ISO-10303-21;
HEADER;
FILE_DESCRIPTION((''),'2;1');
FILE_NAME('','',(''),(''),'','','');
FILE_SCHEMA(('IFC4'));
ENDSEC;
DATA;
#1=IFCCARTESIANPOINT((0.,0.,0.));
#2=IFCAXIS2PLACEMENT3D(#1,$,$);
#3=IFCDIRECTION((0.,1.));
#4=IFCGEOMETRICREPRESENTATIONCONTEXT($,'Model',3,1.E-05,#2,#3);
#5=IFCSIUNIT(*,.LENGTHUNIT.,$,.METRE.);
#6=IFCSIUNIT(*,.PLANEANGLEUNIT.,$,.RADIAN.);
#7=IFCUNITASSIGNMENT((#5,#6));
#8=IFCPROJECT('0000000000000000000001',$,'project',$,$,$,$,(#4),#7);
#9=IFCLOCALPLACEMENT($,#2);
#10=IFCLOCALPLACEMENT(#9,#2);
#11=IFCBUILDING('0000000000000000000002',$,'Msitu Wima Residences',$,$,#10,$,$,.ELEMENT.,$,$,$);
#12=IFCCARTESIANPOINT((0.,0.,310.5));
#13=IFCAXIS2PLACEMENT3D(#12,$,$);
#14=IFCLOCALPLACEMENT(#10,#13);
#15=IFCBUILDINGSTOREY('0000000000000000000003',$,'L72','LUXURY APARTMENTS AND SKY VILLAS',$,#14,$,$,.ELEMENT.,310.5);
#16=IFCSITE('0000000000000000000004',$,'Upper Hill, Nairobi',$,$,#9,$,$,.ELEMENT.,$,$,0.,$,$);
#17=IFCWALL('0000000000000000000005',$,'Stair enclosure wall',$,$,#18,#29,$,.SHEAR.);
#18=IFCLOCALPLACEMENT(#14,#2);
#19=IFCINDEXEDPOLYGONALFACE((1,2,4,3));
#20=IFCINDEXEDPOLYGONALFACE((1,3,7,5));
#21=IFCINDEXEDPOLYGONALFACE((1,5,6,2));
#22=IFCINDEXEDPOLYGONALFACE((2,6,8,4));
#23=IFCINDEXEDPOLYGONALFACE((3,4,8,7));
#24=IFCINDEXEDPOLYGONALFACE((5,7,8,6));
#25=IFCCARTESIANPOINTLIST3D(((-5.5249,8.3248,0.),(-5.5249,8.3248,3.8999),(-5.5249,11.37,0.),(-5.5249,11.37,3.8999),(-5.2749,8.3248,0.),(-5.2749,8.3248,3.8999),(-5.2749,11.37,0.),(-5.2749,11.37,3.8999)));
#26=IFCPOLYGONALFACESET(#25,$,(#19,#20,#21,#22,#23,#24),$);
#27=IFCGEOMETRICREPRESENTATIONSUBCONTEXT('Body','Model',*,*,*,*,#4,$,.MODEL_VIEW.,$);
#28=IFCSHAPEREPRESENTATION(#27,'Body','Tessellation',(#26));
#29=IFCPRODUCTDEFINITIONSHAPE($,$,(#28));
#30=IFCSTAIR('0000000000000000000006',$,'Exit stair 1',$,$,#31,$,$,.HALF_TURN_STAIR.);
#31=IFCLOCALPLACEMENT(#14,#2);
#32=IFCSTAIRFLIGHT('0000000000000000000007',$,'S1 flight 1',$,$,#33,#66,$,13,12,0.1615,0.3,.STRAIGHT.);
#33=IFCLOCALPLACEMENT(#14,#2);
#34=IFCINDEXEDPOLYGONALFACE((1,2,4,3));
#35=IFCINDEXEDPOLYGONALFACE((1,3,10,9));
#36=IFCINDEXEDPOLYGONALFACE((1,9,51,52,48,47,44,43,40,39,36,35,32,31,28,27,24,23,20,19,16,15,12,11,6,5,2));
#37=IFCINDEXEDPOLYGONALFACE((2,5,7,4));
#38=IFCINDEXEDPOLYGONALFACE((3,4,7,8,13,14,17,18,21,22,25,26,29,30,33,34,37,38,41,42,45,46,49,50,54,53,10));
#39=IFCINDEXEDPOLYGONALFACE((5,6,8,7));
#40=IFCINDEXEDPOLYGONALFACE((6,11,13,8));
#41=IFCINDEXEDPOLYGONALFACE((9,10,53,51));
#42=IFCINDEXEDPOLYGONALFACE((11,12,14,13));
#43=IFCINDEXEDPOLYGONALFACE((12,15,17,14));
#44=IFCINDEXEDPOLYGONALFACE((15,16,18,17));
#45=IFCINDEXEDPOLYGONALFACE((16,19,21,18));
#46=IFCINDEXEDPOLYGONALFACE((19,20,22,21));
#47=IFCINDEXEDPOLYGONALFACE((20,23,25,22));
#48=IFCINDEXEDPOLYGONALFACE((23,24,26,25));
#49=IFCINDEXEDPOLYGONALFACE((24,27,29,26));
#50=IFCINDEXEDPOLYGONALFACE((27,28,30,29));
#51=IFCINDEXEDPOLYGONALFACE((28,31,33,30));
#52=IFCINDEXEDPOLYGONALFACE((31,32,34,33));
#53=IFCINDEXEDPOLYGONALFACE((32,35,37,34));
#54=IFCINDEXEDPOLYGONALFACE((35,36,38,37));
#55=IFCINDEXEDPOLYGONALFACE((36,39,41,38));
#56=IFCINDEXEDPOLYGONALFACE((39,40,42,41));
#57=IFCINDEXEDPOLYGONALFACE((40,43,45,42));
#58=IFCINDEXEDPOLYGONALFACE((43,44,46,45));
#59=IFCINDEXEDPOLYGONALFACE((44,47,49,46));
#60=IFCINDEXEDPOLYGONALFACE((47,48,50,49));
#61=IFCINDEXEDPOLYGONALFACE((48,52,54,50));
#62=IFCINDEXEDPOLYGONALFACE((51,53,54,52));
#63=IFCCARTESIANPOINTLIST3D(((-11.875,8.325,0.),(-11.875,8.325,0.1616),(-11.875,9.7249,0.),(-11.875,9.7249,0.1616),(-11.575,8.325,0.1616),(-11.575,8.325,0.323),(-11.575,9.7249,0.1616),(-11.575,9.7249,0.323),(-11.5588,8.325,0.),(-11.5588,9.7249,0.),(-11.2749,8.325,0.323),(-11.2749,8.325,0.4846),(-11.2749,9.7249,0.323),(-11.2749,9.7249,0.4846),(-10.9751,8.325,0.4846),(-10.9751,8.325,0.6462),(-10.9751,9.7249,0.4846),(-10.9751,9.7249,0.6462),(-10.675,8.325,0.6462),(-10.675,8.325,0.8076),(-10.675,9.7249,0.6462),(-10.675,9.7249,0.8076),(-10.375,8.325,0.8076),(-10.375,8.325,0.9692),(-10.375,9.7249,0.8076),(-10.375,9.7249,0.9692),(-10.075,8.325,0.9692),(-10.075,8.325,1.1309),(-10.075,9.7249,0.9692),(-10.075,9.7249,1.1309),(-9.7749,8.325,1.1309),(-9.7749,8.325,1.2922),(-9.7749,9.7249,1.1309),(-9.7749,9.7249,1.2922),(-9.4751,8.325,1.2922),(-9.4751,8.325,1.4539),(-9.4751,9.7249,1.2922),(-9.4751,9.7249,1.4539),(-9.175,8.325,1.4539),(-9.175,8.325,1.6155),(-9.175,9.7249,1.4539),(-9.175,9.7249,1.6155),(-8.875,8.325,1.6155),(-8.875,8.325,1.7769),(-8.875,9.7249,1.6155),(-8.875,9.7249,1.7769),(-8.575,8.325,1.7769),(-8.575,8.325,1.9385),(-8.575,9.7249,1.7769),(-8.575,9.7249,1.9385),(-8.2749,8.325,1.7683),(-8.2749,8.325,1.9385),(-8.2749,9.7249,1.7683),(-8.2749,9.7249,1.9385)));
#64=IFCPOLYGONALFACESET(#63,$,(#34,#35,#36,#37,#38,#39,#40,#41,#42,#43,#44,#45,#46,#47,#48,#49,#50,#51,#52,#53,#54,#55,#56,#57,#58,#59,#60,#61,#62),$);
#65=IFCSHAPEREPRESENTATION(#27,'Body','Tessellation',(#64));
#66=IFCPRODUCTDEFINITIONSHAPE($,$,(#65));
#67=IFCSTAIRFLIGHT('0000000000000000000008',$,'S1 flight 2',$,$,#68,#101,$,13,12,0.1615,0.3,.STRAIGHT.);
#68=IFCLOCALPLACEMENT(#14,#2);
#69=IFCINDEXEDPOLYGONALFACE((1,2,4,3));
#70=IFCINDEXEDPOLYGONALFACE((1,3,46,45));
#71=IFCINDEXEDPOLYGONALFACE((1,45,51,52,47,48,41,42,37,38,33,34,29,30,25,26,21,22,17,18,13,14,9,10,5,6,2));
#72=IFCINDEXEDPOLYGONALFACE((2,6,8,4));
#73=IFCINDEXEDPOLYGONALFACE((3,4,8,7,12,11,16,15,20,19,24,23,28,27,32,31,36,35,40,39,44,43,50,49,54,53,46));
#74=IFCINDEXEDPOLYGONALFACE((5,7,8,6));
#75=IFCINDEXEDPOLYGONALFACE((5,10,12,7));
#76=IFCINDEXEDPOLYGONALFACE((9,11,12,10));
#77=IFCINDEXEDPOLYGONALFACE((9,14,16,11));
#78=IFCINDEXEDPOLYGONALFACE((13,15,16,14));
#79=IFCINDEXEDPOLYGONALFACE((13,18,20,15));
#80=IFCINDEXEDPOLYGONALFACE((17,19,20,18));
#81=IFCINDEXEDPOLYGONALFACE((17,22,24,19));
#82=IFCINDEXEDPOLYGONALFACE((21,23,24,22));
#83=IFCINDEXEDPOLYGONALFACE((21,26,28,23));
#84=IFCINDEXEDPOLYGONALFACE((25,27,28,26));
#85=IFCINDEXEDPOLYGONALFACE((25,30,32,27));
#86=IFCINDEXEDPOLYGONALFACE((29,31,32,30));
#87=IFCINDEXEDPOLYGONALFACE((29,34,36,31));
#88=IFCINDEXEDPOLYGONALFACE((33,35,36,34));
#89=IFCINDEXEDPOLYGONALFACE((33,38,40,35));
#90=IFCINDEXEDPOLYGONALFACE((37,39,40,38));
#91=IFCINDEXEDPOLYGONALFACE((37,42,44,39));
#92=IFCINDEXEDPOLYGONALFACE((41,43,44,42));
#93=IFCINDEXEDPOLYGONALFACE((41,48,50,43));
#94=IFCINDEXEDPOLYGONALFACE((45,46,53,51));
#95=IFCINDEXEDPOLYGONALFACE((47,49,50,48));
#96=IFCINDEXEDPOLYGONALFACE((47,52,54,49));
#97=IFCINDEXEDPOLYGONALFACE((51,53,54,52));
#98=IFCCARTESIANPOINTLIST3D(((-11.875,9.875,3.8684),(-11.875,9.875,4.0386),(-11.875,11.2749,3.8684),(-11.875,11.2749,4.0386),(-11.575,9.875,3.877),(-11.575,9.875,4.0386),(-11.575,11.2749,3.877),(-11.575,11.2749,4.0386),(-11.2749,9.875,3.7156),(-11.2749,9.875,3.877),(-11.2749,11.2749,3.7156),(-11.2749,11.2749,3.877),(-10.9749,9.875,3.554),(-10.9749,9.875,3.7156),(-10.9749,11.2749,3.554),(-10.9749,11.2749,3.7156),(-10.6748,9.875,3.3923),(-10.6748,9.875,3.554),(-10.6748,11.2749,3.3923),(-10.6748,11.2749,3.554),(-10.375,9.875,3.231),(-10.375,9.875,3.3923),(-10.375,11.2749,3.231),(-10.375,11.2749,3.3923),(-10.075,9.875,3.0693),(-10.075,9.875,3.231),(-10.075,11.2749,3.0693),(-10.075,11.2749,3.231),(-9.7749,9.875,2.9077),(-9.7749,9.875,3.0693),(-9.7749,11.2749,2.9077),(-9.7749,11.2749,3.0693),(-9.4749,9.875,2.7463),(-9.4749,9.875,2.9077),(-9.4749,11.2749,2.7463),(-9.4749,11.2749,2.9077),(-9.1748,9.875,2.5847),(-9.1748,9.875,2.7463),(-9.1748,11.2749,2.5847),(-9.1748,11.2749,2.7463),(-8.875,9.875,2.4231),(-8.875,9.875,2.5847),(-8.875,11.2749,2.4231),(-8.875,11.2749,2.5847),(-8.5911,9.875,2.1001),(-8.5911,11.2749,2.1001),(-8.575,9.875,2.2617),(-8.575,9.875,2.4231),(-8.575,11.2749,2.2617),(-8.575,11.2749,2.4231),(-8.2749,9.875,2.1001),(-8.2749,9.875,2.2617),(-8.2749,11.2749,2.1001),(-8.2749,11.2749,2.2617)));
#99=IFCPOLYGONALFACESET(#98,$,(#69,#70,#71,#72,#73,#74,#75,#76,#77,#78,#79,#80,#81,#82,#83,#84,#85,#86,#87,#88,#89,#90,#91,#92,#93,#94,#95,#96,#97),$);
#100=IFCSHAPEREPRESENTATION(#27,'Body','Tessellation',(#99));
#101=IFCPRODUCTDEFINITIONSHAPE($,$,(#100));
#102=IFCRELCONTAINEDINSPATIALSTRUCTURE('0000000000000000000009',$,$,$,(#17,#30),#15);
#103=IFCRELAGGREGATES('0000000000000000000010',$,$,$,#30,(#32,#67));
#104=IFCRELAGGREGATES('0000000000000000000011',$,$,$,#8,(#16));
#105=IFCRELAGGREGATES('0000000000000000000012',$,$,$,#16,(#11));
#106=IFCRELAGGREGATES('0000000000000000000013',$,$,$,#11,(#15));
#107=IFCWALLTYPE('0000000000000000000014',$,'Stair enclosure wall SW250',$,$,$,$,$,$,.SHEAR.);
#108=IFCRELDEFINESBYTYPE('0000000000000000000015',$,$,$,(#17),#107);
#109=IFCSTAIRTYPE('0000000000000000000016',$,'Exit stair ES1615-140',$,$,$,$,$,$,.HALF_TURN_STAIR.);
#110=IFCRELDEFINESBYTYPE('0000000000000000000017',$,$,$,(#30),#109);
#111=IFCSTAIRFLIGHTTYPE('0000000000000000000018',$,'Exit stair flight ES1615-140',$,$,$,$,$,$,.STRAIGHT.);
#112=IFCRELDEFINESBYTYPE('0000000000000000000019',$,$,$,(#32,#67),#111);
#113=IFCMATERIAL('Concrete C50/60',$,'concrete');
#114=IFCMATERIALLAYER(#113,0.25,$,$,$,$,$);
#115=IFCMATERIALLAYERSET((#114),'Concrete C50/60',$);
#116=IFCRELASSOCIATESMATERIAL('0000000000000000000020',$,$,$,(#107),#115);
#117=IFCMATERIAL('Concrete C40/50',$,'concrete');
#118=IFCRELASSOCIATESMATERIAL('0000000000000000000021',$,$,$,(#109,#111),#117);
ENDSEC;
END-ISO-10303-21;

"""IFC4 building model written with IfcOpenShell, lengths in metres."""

from ifc_helpers import new_model, si_unit, direction, frame, frame_2d, origin, place, context, subcontext, project, spatial, polyline, rectangle, outline, extrude, material, layer, layer_set, type_object, element, aggregate, save


model = new_model("IFC4")

# Units and contexts
model_context = context("Model", 3, precision=1e-05, world=origin(), true_north=direction((0.0, 1.0)))
body_context = subcontext(model_context, "Body", "Model", "MODEL_VIEW")
ifc_project = project(units=[si_unit("LENGTHUNIT", "METRE"), si_unit("PLANEANGLEUNIT", "RADIAN")], contexts=[model_context])

# Site, building, storey
site_placement = place(None, origin())
site = spatial("IfcSite", under=ifc_project, at=site_placement, Name="Upper Hill, Nairobi", CompositionType="ELEMENT", RefElevation=0.0)
building_placement = place(site_placement, origin())
building = spatial("IfcBuilding", under=site, at=building_placement, Name="Msitu Wima Residences", CompositionType="ELEMENT")
storey_placement = place(building_placement, frame((0.0, 0.0, 310.5)))
storey = spatial("IfcBuildingStorey", under=building, at=storey_placement, Name="L72", Description="LUXURY APARTMENTS AND SKY VILLAS", CompositionType="ELEMENT", Elevation=310.5)

# Shared definitions
ifc_material_1 = material(Name="Concrete C40/50", Category="concrete")

# Shared definitions
ifc_material_2 = material(Name="Concrete C50/60", Category="concrete")
ifc_layer_1 = layer(ifc_material_2, 0.25)
ifc_layer_set_1 = layer_set([ifc_layer_1], Name="Concrete C50/60")
wall_type_1 = type_object("IfcWallType", Name="Stair enclosure wall SW250", PredefinedType="SHEAR", material=ifc_layer_set_1)

# Wall
wall_1_placement = place(storey_placement, frame((-5.3999, 8.325, 0.0), z_axis=(0.0, 0.0, 1.0), x_axis=(0.0, 1.0, 0.0)))
element("IfcWall", 1, at=wall_1_placement, inside=storey, type_object=wall_type_1, Name="Stair enclosure wall", PredefinedType="SHEAR", context=body_context, shape_type="SweptSolid", body=[
    extrude(rectangle(XDim=3.0452, YDim=0.25, at=frame_2d((1.5225, 0.0))), origin(), (0.0, 0.0, 1.0), 3.8999),
])

# Stair, stair flights
stair_type = type_object("IfcStairType", Name="Exit stair ES1615-140", PredefinedType="HALF_TURN_STAIR", material=ifc_material_1)
stair_placement = place(storey_placement, origin())
stair = element("IfcStair", 2, at=stair_placement, inside=storey, type_object=stair_type, Name="Exit stair 1", PredefinedType="HALF_TURN_STAIR")
stair_flight_type = type_object("IfcStairFlightType", Name="Exit stair flight ES1615-140", PredefinedType="STRAIGHT", material=ifc_material_1)
stair_flight_1_placement = place(storey_placement, frame((-11.875, 9.0249, 0.0), z_axis=(0.0, 0.0, 1.0), x_axis=(1.0, 0.0, 0.0)))
stair_flight_1 = element("IfcStairFlight", 3, at=stair_flight_1_placement, type_object=stair_flight_type, Name="S1 flight 1", NumberOfRisers=13, NumberOfTreads=12, PredefinedType="STRAIGHT", RiserHeight=0.1615, TreadLength=0.3, context=body_context, shape_type="SweptSolid", body=[
    extrude(outline(polyline([(0.0, 0.0), (0.0, 0.1616), (0.3, 0.1616), (0.3, 0.323), (0.6001, 0.323), (0.6001, 0.4846), (0.8999, 0.4846), (0.8999, 0.6462), (1.2, 0.6462), (1.2, 0.8076), (1.5, 0.8076), (1.5, 0.9692), (1.8, 0.9692), (1.8, 1.1309), (2.1001, 1.1309), (2.1001, 1.2922), (2.3999, 1.2922), (2.3999, 1.4539), (2.7, 1.4539), (2.7, 1.6155), (3.0, 1.6155), (3.0, 1.7769), (3.3, 1.7769), (3.3, 1.9385), (3.6001, 1.9385), (3.6001, 2.1001), (3.6001, 1.7683), (0.3162, 0.0), (0.0, 0.0)])), frame((0.0, 0.7, 0.0), z_axis=(0.0, -1.0, 0.0), x_axis=(1.0, 0.0, 0.0)), (0.0, 0.0, 1.0), 1.3999),
])
stair_flight_2_placement = place(storey_placement, frame((-8.2749, 10.575, 2.1001), z_axis=(0.0, 0.0, 1.0), x_axis=(-1.0, 0.0, 0.0)))
stair_flight_2 = element("IfcStairFlight", 4, at=stair_flight_2_placement, type_object=stair_flight_type, Name="S1 flight 2", NumberOfRisers=13, NumberOfTreads=12, PredefinedType="STRAIGHT", RiserHeight=0.1615, TreadLength=0.3, context=body_context, shape_type="SweptSolid", body=[
    extrude(outline(polyline([(0.0, 0.0), (0.0, 0.1616), (0.3, 0.1616), (0.3, 0.323), (0.6001, 0.323), (0.6001, 0.4846), (0.8999, 0.4846), (0.8999, 0.6462), (1.2, 0.6462), (1.2, 0.8076), (1.5, 0.8076), (1.5, 0.9692), (1.8, 0.9692), (1.8, 1.1309), (2.1001, 1.1309), (2.1001, 1.2922), (2.3999, 1.2922), (2.3999, 1.4539), (2.7, 1.4539), (2.7, 1.6155), (3.0, 1.6155), (3.0, 1.7769), (3.3, 1.7769), (3.3, 1.9385), (3.6001, 1.9385), (3.6001, 2.1001), (3.6001, 1.7683), (0.3162, 0.0), (0.0, 0.0)])), frame((0.0, 0.7, 0.0), z_axis=(0.0, -1.0, 0.0), x_axis=(1.0, 0.0, 0.0)), (0.0, 0.0, 1.0), 1.3999),
])
aggregate(stair, [stair_flight_1, stair_flight_2])

save(model, "model.ifc")
